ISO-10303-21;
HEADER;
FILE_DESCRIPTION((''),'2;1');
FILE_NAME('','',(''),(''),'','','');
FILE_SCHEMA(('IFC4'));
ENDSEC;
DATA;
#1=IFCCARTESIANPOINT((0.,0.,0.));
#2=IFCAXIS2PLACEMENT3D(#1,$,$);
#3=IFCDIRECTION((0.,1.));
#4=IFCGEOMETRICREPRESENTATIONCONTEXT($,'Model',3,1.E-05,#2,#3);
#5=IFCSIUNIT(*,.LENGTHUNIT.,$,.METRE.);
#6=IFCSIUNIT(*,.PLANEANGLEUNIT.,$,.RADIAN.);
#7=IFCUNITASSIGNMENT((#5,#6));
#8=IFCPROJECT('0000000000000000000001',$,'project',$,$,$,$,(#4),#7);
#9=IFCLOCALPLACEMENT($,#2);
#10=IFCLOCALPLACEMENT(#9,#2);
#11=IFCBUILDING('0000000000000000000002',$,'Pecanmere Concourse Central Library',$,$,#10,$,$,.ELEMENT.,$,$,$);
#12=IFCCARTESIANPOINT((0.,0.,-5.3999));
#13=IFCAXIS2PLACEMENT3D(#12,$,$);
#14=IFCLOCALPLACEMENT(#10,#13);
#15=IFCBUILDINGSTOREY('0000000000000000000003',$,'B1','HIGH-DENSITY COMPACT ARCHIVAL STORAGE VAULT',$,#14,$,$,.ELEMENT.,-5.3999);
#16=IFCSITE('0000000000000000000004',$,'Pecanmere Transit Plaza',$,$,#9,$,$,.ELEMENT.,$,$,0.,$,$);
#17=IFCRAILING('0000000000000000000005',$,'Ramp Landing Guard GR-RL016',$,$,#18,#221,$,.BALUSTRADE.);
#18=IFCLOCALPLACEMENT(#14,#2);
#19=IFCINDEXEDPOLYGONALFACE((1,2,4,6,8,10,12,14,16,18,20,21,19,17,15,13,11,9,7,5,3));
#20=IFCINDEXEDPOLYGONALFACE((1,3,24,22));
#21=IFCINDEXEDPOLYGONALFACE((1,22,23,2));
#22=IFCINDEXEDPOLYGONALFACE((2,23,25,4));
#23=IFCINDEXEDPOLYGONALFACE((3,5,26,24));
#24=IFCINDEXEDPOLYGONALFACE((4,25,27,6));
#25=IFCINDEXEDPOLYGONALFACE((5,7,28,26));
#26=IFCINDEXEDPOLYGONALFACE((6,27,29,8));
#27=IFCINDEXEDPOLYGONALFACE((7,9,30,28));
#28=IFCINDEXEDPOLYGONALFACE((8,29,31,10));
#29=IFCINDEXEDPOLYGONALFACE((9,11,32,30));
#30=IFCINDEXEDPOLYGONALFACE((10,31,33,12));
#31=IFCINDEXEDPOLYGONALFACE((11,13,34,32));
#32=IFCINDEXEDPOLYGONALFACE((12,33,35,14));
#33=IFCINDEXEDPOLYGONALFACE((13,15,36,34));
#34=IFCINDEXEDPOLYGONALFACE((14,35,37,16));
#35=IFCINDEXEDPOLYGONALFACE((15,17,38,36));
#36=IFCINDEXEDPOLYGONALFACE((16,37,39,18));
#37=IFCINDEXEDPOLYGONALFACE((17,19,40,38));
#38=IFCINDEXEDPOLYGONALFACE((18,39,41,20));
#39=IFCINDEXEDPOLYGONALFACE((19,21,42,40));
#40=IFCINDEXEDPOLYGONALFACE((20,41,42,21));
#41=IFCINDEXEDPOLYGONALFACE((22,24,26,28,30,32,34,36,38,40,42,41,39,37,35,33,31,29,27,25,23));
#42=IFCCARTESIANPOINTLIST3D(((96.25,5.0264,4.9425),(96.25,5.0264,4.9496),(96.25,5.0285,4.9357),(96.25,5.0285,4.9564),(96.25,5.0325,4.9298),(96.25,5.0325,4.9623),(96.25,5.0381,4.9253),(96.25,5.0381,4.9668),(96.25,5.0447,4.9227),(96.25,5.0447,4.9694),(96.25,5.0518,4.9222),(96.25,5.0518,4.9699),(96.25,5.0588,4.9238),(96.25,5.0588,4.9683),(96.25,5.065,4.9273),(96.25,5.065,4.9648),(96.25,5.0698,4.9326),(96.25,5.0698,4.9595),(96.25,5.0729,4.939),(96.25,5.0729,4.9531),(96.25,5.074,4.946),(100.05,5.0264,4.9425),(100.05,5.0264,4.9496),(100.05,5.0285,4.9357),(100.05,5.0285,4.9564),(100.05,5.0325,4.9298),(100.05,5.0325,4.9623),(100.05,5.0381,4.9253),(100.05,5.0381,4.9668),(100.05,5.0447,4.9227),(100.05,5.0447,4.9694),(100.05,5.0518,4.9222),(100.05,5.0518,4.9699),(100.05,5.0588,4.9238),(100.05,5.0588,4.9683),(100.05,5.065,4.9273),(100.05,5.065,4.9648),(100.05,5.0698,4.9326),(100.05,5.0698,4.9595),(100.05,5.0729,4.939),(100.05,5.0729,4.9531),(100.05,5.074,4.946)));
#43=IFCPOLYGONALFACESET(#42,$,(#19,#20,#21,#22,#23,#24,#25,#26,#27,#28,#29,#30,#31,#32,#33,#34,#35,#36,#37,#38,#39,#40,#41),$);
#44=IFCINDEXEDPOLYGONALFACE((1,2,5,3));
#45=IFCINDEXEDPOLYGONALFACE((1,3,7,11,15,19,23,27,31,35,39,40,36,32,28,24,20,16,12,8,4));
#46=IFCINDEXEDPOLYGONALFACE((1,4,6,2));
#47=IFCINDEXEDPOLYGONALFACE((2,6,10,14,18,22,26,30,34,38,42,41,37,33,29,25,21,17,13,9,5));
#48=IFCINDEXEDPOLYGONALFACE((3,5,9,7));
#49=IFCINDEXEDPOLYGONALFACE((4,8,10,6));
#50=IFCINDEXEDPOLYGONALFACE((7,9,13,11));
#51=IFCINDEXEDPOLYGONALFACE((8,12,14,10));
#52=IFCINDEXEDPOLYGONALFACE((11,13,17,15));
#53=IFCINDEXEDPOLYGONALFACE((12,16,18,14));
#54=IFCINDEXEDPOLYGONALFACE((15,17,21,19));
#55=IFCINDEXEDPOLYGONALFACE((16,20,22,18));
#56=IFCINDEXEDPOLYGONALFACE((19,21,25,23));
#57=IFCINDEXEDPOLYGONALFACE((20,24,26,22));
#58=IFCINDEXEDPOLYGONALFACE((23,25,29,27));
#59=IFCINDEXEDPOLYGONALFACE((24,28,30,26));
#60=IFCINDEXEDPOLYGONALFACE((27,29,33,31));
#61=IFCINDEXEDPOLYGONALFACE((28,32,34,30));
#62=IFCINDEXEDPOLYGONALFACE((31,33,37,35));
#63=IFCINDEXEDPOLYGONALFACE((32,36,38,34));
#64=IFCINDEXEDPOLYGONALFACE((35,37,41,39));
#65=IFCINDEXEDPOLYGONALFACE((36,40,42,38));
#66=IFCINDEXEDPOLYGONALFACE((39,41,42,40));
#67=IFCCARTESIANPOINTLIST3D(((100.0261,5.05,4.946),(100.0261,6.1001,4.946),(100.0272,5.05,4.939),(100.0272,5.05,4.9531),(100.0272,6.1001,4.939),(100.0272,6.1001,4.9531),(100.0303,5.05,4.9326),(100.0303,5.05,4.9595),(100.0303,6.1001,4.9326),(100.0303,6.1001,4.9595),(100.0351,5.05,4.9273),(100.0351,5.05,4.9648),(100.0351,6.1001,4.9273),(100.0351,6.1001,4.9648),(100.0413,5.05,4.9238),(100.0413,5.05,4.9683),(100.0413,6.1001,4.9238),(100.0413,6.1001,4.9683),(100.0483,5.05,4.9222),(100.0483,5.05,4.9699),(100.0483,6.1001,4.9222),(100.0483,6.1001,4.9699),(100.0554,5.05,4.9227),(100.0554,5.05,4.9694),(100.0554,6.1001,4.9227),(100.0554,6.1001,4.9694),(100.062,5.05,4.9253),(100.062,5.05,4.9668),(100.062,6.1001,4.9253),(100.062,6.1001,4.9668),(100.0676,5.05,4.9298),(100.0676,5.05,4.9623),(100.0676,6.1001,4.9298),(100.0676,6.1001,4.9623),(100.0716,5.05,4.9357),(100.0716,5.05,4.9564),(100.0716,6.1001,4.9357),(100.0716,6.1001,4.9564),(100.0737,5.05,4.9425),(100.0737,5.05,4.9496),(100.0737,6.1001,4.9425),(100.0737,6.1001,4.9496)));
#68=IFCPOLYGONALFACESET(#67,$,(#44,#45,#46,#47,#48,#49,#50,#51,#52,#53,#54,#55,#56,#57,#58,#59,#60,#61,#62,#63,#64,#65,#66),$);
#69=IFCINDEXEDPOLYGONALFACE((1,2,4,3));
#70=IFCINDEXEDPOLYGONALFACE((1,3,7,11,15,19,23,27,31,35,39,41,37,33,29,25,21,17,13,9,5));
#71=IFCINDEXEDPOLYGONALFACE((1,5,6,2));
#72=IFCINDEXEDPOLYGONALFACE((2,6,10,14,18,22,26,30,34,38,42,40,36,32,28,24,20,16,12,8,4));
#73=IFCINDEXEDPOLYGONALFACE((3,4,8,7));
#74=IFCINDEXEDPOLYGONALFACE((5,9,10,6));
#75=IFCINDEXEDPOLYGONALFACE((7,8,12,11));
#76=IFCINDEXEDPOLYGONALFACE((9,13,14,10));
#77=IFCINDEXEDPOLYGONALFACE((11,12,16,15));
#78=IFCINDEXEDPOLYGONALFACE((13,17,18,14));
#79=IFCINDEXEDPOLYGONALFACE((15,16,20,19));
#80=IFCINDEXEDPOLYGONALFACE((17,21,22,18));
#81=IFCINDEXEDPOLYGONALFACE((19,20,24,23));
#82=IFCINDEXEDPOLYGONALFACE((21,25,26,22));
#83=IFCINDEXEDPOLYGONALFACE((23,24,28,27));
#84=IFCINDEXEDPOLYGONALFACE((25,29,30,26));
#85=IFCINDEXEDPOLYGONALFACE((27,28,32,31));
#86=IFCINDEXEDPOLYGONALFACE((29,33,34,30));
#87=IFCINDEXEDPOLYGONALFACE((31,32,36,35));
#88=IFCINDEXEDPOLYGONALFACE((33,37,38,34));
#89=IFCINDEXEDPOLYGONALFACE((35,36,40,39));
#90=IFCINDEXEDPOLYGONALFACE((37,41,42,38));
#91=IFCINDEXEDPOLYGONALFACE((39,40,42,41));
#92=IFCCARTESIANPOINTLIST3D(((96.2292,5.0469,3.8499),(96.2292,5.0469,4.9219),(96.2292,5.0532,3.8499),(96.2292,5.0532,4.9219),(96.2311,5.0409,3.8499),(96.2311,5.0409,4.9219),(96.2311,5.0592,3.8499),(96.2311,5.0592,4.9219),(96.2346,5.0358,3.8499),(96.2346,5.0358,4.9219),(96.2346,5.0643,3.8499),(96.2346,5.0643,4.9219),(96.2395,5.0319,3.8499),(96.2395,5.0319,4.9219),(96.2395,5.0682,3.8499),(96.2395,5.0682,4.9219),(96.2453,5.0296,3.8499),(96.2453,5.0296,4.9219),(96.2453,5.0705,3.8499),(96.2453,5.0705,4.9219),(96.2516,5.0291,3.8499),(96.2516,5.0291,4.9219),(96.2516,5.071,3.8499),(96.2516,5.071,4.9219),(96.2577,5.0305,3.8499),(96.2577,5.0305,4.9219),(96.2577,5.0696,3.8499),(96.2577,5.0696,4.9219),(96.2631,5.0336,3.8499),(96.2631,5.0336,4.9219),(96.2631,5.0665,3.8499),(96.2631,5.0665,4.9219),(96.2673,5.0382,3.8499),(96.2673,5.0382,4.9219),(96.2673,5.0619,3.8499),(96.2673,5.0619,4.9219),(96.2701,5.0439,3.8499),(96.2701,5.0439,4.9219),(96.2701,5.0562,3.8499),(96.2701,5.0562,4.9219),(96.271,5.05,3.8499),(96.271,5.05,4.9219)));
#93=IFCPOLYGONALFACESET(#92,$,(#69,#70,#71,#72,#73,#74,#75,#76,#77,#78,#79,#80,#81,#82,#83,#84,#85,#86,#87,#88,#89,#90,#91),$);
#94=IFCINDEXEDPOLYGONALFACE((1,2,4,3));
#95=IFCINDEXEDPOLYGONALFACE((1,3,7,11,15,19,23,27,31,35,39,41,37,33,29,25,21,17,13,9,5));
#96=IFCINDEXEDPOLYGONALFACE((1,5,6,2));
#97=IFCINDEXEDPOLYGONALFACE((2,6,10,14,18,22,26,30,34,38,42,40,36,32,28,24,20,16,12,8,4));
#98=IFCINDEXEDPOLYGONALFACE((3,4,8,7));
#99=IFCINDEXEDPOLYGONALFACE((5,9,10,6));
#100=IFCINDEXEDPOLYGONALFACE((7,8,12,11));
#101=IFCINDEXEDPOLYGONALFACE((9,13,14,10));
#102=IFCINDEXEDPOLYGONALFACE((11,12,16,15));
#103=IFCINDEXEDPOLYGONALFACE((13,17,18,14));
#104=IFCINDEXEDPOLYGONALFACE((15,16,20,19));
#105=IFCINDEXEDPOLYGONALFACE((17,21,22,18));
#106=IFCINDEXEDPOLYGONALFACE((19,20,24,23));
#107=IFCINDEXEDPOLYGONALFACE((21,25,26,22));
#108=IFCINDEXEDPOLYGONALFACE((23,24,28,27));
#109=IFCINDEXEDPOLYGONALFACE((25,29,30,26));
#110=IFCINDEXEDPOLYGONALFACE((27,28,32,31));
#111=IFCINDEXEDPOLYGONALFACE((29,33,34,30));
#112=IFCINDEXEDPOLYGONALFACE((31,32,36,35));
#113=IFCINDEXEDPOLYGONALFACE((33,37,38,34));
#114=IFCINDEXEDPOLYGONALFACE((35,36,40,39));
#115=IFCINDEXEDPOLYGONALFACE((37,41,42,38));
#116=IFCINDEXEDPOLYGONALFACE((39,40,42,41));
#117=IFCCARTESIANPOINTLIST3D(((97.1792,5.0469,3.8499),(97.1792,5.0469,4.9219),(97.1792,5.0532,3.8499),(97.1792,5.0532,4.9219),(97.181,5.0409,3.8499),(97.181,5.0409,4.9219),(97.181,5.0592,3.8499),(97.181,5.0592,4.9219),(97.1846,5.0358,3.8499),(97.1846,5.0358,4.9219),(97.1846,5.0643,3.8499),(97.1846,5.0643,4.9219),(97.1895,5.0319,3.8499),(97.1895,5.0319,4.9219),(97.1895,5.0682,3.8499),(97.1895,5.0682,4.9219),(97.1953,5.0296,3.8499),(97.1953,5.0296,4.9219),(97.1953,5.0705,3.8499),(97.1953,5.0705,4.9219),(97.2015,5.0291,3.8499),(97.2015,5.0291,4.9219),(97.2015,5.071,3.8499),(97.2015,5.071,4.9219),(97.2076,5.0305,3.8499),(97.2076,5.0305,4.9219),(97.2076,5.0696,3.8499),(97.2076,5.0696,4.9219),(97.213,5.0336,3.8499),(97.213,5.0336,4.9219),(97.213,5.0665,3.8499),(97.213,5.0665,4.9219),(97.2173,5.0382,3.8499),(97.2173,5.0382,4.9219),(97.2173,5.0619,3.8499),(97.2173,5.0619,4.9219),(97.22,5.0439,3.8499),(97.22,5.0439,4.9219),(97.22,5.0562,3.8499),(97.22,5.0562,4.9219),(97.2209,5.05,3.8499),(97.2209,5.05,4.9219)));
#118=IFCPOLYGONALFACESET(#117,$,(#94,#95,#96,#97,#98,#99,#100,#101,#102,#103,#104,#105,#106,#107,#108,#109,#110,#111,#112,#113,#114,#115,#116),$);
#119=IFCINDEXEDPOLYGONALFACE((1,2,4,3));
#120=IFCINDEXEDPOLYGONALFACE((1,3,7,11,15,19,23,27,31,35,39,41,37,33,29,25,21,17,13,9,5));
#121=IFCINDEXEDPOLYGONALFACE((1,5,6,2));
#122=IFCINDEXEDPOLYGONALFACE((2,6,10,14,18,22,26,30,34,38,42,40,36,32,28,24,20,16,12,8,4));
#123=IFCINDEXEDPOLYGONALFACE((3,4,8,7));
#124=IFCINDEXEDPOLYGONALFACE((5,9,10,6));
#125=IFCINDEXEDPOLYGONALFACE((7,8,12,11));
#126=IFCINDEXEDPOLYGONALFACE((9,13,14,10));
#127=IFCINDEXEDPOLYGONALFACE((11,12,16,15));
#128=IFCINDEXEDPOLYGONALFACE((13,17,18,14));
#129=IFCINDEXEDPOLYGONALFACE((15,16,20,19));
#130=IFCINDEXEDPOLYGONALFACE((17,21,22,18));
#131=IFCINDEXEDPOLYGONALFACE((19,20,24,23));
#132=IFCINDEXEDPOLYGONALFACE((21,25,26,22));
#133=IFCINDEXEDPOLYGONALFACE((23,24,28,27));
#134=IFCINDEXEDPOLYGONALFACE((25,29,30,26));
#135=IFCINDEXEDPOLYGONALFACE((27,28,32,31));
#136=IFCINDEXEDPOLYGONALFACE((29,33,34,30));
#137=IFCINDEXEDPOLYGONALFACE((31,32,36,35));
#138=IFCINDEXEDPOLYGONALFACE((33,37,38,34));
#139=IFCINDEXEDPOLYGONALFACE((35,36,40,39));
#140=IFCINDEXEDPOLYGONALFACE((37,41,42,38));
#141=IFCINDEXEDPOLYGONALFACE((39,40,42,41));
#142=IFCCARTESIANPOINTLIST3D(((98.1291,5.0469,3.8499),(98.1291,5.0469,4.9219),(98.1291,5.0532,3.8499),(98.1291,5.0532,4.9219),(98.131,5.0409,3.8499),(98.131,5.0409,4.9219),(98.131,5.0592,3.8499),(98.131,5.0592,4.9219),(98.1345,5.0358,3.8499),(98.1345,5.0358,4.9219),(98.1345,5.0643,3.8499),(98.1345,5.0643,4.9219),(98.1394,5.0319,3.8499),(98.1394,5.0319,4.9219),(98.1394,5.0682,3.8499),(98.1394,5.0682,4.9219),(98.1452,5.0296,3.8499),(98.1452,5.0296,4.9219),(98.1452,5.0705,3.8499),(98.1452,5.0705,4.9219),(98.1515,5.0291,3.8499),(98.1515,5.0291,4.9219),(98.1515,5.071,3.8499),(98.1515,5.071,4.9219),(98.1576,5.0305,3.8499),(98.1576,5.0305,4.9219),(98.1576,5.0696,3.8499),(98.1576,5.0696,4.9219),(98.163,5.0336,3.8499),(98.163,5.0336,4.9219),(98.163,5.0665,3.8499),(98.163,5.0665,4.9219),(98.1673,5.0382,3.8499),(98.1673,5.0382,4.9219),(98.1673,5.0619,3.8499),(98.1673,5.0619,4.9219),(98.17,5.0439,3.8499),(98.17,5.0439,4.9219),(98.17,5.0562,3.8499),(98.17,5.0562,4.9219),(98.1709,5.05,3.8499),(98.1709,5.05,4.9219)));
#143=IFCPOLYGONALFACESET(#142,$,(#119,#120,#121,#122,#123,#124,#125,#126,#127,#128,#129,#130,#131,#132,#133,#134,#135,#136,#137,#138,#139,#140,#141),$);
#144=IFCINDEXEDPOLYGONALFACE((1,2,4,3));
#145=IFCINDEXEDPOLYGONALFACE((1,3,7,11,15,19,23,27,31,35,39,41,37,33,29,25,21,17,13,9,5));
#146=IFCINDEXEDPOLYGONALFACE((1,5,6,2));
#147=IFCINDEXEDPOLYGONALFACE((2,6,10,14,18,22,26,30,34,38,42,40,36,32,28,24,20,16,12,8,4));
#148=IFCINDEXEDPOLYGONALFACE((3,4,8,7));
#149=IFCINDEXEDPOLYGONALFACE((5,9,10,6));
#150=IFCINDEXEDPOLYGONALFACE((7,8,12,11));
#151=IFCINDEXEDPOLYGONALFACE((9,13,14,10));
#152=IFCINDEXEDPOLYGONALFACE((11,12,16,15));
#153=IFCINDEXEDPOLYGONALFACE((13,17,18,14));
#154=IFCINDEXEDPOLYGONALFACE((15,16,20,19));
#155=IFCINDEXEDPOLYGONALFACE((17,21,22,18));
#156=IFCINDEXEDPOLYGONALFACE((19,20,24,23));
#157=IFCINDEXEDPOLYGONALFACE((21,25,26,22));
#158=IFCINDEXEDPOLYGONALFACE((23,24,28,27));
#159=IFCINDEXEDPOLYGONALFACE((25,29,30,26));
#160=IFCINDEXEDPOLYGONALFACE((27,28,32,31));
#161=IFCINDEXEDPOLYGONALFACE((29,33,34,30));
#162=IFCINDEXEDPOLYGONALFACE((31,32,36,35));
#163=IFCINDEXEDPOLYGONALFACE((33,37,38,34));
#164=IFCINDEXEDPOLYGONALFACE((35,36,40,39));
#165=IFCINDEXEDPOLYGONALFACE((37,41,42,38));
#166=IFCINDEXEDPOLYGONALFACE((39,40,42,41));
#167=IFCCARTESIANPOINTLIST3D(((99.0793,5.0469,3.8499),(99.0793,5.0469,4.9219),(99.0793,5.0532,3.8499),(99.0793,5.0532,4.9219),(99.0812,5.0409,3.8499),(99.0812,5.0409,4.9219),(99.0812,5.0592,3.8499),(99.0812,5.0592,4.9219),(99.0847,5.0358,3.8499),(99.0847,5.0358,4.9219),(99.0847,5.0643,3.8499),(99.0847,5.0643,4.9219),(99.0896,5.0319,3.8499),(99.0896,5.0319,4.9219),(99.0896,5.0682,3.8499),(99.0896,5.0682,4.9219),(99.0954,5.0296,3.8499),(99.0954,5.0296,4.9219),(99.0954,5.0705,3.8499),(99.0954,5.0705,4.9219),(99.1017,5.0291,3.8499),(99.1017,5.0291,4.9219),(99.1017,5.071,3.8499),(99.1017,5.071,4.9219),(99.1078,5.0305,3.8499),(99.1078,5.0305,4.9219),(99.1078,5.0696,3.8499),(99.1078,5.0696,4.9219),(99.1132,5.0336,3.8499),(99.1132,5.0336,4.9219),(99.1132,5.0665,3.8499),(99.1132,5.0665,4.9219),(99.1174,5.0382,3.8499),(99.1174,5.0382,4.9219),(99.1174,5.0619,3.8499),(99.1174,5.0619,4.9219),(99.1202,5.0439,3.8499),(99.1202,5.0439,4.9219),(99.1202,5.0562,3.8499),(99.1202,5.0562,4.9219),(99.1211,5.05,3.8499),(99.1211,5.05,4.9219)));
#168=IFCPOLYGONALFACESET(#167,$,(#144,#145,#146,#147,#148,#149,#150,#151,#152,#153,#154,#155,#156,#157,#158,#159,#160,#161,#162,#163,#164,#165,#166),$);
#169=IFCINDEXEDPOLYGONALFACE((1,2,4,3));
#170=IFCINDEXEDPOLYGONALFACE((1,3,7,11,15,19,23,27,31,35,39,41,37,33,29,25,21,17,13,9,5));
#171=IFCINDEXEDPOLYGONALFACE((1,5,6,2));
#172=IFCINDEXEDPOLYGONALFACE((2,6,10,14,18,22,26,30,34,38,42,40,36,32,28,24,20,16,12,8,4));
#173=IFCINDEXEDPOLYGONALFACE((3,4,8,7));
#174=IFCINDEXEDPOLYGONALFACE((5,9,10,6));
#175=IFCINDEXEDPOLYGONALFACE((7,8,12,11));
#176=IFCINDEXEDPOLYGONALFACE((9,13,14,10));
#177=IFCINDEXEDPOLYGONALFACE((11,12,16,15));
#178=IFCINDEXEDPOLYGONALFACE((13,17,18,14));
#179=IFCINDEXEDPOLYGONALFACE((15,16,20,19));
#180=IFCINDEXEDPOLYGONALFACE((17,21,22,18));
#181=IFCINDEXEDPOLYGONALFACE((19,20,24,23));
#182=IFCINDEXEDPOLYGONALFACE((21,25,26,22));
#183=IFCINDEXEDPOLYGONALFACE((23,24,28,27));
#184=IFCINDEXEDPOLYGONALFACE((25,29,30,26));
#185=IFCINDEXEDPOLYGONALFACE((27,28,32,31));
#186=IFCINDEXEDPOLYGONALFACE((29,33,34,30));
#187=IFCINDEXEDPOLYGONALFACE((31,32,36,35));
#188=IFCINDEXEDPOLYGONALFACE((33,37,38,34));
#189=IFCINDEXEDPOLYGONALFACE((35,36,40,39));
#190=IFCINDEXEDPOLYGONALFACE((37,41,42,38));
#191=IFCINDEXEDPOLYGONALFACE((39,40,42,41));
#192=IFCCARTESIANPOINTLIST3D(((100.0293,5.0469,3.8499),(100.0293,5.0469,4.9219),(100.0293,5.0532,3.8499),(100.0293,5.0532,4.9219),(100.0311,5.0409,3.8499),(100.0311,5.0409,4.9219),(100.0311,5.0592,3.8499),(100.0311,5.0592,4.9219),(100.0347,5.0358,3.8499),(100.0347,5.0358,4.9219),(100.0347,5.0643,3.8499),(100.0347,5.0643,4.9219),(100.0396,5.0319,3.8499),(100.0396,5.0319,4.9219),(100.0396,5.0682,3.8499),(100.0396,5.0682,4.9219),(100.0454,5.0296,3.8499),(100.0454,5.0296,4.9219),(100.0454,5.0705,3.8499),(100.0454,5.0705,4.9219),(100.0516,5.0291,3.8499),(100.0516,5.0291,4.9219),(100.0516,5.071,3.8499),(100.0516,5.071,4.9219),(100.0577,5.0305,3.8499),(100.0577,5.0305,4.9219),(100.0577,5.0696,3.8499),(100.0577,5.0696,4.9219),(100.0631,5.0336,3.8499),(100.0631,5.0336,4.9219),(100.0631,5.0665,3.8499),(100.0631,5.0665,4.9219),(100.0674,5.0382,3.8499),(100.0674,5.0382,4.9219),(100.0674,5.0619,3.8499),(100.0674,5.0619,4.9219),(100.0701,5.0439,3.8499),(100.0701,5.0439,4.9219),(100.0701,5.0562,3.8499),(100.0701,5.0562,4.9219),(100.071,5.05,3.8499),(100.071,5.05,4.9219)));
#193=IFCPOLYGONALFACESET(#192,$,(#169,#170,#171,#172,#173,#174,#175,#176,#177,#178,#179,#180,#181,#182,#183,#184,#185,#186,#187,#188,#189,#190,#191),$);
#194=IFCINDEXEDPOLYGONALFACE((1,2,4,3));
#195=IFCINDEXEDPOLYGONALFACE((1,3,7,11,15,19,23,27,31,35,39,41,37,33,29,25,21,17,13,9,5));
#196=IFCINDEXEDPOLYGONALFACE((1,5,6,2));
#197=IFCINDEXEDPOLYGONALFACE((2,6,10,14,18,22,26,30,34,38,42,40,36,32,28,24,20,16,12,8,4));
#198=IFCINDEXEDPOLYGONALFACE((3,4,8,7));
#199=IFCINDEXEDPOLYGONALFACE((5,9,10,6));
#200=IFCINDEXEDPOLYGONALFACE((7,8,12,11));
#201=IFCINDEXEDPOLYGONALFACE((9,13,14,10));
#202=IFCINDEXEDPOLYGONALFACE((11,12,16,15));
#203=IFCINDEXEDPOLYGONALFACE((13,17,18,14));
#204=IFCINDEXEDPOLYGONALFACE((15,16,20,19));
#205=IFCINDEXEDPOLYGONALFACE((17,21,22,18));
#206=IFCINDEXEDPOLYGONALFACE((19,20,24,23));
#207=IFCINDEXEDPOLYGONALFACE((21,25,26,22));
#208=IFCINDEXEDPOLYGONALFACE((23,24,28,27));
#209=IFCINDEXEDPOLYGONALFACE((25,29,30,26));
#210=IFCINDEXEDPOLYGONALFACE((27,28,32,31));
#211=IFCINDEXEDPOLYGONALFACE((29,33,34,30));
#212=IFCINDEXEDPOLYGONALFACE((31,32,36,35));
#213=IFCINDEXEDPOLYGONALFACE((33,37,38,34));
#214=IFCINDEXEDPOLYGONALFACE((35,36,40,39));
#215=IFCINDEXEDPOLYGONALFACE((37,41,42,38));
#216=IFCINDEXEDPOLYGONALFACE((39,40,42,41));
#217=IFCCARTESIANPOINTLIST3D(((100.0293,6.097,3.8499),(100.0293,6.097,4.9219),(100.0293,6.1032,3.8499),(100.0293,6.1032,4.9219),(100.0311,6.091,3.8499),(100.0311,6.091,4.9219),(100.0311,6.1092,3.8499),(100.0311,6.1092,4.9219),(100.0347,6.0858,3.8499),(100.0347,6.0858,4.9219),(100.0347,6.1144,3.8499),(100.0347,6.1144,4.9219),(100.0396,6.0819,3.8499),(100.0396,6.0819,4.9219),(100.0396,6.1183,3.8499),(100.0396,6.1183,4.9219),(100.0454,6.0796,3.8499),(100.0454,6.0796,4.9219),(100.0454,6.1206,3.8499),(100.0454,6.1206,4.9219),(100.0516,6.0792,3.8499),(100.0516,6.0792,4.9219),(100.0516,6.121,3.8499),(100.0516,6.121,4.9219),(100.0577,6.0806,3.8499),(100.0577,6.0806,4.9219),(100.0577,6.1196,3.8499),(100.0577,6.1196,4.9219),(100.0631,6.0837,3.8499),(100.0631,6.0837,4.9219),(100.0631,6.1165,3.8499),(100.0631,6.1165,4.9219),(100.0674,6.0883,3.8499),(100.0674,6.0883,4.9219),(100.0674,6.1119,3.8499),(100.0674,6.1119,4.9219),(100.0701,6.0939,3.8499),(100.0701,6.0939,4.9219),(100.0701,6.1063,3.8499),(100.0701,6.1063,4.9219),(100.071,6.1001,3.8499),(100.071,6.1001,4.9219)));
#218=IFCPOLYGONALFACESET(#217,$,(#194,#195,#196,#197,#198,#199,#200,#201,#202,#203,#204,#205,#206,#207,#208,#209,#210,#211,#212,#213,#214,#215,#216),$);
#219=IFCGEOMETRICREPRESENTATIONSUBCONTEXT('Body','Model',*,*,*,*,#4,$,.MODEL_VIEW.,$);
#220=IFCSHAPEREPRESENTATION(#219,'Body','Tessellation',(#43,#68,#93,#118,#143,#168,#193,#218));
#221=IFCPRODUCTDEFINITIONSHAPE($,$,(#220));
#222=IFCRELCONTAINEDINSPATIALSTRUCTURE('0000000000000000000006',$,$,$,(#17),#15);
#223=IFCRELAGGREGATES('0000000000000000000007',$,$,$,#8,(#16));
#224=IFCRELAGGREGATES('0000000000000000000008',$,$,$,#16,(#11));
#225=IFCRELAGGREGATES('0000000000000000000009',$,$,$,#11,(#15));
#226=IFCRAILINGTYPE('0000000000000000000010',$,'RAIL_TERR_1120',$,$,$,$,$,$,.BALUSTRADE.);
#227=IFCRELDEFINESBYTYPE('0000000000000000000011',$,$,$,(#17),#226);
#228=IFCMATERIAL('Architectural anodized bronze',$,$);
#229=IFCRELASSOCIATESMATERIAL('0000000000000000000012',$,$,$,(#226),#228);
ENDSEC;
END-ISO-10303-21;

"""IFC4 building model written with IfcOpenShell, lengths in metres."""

from ifc_helpers import new_model, si_unit, direction, frame, origin, origin_2d, place, context, subcontext, project, spatial, circle, extrude, material, type_object, element, save


model = new_model("IFC4")

# Units and contexts
model_context = context("Model", 3, precision=1e-05, world=origin(), true_north=direction((0.0, 1.0)))
body_context = subcontext(model_context, "Body", "Model", "MODEL_VIEW")
ifc_project = project(units=[si_unit("LENGTHUNIT", "METRE"), si_unit("PLANEANGLEUNIT", "RADIAN")], contexts=[model_context])

# Site, building, storey
site_placement = place(None, origin())
site = spatial("IfcSite", under=ifc_project, at=site_placement, Name="Pecanmere Transit Plaza", CompositionType="ELEMENT", RefElevation=0.0)
building_placement = place(site_placement, origin())
building = spatial("IfcBuilding", under=site, at=building_placement, Name="Pecanmere Concourse Central Library", CompositionType="ELEMENT")
storey_placement = place(building_placement, frame((0.0, 0.0, -5.3999)))
storey = spatial("IfcBuildingStorey", under=building, at=storey_placement, Name="B1", Description="HIGH-DENSITY COMPACT ARCHIVAL STORAGE VAULT", CompositionType="ELEMENT", Elevation=-5.3999)

# Railing
ifc_material_1 = material(Name="Architectural anodized bronze")
railing_type_1 = type_object("IfcRailingType", Name="RAIL_TERR_1120", PredefinedType="BALUSTRADE", material=ifc_material_1)
railing_1_placement = place(storey_placement, frame((96.25, 5.05, 3.8499)))
element("IfcRailing", 1, at=railing_1_placement, inside=storey, type_object=railing_type_1, Name="Ramp Landing Guard GR-RL016", PredefinedType="BALUSTRADE", context=body_context, shape_type="SweptSolid", body=[
    extrude(circle(Radius=0.0239, at=origin_2d()), frame((0.0, 0.0, 1.0962), z_axis=(1.0, 0.0, 0.0), x_axis=(0.0, 1.0, 0.0)), (0.0, 0.0, 1.0), 3.8),
    extrude(circle(Radius=0.0239, at=origin_2d()), frame((3.8, 0.0, 1.0962), z_axis=(0.0, 1.0, 0.0), x_axis=(-1.0, 0.0, 0.0)), (0.0, 0.0, 1.0), 1.05),
    extrude(circle(Radius=0.021, at=origin_2d()), origin(), (0.0, 0.0, 1.0), 1.072),
    extrude(circle(Radius=0.021, at=origin_2d()), frame((0.95, 0.0, 0.0)), (0.0, 0.0, 1.0), 1.072),
    extrude(circle(Radius=0.021, at=origin_2d()), frame((1.8999, 0.0, 0.0)), (0.0, 0.0, 1.0), 1.072),
    extrude(circle(Radius=0.021, at=origin_2d()), frame((2.8501, 0.0, 0.0)), (0.0, 0.0, 1.0), 1.072),
    extrude(circle(Radius=0.021, at=origin_2d()), frame((3.8, 0.0, 0.0)), (0.0, 0.0, 1.0), 1.072),
    extrude(circle(Radius=0.021, at=origin_2d()), frame((3.8, 1.05, 0.0)), (0.0, 0.0, 1.0), 1.072),
])

save(model, "model.ifc")
